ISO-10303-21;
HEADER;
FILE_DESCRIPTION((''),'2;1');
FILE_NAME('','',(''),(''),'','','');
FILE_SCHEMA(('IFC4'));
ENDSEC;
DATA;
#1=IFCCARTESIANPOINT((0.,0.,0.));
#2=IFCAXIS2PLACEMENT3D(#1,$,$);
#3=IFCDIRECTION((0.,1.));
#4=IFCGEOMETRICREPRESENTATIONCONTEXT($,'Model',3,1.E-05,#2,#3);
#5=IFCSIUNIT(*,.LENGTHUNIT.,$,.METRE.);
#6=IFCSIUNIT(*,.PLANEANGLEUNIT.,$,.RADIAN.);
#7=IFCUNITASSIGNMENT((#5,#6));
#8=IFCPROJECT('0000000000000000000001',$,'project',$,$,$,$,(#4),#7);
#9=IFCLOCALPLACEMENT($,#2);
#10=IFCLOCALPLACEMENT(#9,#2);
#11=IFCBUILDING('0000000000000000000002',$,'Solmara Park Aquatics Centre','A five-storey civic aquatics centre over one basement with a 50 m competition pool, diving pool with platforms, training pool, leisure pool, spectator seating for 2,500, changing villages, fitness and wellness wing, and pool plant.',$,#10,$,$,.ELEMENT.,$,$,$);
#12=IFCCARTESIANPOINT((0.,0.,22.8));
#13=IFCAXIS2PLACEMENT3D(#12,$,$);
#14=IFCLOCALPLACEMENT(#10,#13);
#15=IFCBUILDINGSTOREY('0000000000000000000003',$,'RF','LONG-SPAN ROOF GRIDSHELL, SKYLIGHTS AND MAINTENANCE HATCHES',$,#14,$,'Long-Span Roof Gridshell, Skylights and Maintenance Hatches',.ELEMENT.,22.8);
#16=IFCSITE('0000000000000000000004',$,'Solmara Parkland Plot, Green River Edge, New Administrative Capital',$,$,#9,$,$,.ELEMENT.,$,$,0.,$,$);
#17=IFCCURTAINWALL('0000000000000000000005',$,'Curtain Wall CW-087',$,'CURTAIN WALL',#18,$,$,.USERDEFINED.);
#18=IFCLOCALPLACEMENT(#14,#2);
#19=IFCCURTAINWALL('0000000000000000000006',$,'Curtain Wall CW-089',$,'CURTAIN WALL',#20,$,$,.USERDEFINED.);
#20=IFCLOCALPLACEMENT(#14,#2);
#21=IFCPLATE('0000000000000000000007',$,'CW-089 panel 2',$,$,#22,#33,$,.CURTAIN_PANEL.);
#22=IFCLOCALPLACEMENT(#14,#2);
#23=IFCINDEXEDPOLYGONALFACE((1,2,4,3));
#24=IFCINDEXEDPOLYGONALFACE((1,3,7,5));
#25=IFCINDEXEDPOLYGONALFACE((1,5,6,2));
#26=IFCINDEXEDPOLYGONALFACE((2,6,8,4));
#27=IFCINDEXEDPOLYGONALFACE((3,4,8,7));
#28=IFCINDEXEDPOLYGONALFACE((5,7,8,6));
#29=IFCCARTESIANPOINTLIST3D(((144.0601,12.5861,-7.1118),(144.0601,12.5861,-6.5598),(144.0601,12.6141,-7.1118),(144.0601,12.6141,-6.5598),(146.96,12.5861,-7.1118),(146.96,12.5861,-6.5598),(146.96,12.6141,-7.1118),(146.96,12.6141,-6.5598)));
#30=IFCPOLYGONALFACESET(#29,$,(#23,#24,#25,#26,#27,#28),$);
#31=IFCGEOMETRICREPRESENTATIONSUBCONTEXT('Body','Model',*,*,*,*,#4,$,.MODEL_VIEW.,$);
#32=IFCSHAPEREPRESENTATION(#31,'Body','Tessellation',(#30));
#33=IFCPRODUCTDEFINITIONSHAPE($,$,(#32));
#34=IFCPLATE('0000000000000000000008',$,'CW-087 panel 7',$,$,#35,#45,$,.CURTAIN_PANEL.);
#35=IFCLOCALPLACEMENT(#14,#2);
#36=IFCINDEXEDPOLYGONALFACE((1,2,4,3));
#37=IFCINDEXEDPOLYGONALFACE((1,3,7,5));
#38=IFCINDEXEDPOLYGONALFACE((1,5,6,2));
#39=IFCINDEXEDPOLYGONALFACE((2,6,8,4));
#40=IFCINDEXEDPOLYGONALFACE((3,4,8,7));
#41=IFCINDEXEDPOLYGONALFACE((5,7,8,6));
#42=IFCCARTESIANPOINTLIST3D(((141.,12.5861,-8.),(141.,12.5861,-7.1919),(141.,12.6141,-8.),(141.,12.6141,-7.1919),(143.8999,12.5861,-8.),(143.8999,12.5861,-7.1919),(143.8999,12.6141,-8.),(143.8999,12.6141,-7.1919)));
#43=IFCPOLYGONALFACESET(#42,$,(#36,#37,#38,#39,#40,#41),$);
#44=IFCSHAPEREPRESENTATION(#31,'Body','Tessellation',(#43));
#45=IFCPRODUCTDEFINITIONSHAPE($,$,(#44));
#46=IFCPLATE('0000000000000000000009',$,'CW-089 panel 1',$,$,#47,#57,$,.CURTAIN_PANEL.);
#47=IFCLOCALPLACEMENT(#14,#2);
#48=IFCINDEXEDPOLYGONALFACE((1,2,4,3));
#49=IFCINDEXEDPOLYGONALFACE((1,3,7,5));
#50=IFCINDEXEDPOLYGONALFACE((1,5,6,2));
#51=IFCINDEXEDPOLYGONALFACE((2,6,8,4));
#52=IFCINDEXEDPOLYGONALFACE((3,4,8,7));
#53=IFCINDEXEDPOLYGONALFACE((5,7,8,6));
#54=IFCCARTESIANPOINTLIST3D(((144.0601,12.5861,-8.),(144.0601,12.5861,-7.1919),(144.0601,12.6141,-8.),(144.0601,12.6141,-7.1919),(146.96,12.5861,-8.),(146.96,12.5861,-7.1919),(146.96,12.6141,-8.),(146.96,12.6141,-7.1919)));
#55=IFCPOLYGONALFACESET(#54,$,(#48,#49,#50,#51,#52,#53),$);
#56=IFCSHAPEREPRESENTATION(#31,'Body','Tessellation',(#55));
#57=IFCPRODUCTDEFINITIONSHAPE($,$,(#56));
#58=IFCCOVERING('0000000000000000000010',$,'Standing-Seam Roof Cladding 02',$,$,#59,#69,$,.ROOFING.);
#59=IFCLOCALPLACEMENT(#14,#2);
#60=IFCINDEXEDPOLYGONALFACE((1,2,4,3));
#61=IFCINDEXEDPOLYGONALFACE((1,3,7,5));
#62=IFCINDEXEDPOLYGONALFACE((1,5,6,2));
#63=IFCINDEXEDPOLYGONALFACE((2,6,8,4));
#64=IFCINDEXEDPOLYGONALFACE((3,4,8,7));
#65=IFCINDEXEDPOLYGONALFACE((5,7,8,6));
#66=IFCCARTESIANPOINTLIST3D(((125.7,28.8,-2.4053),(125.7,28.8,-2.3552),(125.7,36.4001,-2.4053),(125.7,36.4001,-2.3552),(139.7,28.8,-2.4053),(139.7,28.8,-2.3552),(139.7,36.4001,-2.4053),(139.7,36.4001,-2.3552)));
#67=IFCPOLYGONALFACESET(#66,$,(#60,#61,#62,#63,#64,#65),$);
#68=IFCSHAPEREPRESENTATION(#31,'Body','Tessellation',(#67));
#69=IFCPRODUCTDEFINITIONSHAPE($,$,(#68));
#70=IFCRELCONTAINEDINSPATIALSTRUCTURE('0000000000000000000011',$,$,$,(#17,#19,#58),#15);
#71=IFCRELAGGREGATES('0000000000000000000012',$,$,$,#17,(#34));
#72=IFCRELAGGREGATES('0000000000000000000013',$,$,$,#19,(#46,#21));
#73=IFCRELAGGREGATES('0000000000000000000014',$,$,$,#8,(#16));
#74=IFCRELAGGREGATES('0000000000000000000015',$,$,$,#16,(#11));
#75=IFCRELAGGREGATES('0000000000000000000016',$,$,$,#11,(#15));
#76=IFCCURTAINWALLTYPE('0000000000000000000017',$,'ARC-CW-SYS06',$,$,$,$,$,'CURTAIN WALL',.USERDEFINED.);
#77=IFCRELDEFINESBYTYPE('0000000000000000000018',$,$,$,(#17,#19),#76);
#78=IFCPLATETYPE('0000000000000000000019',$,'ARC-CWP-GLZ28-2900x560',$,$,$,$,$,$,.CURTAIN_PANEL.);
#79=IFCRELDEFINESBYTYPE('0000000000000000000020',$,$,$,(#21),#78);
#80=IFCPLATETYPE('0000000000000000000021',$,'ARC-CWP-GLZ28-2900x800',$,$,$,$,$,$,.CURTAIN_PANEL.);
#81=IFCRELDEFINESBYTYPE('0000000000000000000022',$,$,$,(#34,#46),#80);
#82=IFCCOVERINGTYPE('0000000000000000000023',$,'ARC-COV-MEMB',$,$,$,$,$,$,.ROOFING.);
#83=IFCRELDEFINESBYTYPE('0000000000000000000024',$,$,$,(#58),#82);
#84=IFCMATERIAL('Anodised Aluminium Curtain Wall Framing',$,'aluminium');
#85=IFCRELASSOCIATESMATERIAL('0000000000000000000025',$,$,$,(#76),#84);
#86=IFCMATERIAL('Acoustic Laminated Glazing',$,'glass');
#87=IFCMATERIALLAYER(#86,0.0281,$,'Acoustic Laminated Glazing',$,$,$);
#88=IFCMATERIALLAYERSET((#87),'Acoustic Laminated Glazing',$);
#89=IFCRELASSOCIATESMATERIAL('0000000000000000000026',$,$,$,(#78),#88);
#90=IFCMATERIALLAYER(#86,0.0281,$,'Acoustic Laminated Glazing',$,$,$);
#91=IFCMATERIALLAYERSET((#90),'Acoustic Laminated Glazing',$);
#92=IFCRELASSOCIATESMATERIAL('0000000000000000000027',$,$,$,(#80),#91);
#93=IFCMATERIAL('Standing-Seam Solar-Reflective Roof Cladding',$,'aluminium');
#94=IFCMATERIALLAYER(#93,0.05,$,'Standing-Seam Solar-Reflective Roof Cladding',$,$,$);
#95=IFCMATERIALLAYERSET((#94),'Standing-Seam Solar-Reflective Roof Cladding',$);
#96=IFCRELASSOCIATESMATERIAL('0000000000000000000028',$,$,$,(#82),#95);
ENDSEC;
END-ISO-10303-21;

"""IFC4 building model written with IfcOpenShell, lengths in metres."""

from ifc_helpers import new_model, si_unit, direction, frame, origin, origin_2d, place, context, subcontext, project, spatial, rectangle, extrude, material, layer, layer_set, type_object, element, aggregate, save


model = new_model("IFC4")

# Units and contexts
model_context = context("Model", 3, precision=1e-05, world=origin(), true_north=direction((0.0, 1.0)))
body_context = subcontext(model_context, "Body", "Model", "MODEL_VIEW")
ifc_project = project(units=[si_unit("LENGTHUNIT", "METRE"), si_unit("PLANEANGLEUNIT", "RADIAN")], contexts=[model_context])

# Site, building, storey
site_placement = place(None, origin())
site = spatial("IfcSite", under=ifc_project, at=site_placement, Name="Solmara Parkland Plot, Green River Edge, New Administrative Capital", CompositionType="ELEMENT", RefElevation=0.0)
building_placement = place(site_placement, origin())
building = spatial("IfcBuilding", under=site, at=building_placement, Name="Solmara Park Aquatics Centre", Description="A five-storey civic aquatics centre over one basement with a 50 m competition pool, diving pool with platforms, training pool, leisure pool, spectator seating for 2,500, changing villages, fitness and wellness wing, and pool plant.", CompositionType="ELEMENT")
storey_placement = place(building_placement, frame((0.0, 0.0, 22.8)))
storey = spatial("IfcBuildingStorey", under=building, at=storey_placement, Name="RF", Description="LONG-SPAN ROOF GRIDSHELL, SKYLIGHTS AND MAINTENANCE HATCHES", LongName="Long-Span Roof Gridshell, Skylights and Maintenance Hatches", CompositionType="ELEMENT", Elevation=22.8)

# Curtain wall
ifc_material_1 = material(Name="Anodised Aluminium Curtain Wall Framing", Category="aluminium")
curtain_wall_type = type_object("IfcCurtainWallType", Name="ARC-CW-SYS06", ElementType="CURTAIN WALL", PredefinedType="USERDEFINED", material=ifc_material_1)
curtain_wall_1_placement = place(storey_placement, origin())
curtain_wall_1 = element("IfcCurtainWall", 1, at=curtain_wall_1_placement, inside=storey, type_object=curtain_wall_type, Name="Curtain Wall CW-087", ObjectType="CURTAIN WALL", PredefinedType="USERDEFINED")

# Curtain wall
curtain_wall_2_placement = place(storey_placement, origin())
curtain_wall_2 = element("IfcCurtainWall", 2, at=curtain_wall_2_placement, inside=storey, type_object=curtain_wall_type, Name="Curtain Wall CW-089", ObjectType="CURTAIN WALL", PredefinedType="USERDEFINED")

# Plates
ifc_material_2 = material(Name="Acoustic Laminated Glazing", Category="glass")
ifc_layer_1 = layer(ifc_material_2, 0.0281, Name="Acoustic Laminated Glazing")
ifc_layer_set_1 = layer_set([ifc_layer_1], Name="Acoustic Laminated Glazing")
plate_type_1 = type_object("IfcPlateType", Name="ARC-CWP-GLZ28-2900x560", PredefinedType="CURTAIN_PANEL", material=ifc_layer_set_1)
plate_1_placement = place(storey_placement, frame((145.51, 12.6001, -7.1118), z_axis=(0.0, 0.0, 1.0), x_axis=(1.0, 0.0, 0.0)))
plate_1 = element("IfcPlate", 3, at=plate_1_placement, type_object=plate_type_1, Name="CW-089 panel 2", PredefinedType="CURTAIN_PANEL", context=body_context, shape_type="SweptSolid", body=[
    extrude(rectangle(XDim=2.8999, YDim=0.0281, at=origin_2d()), origin(), (0.0, 0.0, 1.0), 0.552),
])
ifc_layer_2 = layer(ifc_material_2, 0.0281, Name="Acoustic Laminated Glazing")
ifc_layer_set_2 = layer_set([ifc_layer_2], Name="Acoustic Laminated Glazing")
plate_type_2 = type_object("IfcPlateType", Name="ARC-CWP-GLZ28-2900x800", PredefinedType="CURTAIN_PANEL", material=ifc_layer_set_2)
plate_2_placement = place(storey_placement, frame((142.45, 12.6001, -8.0), z_axis=(0.0, 0.0, 1.0), x_axis=(1.0, 0.0, 0.0)))
plate_2 = element("IfcPlate", 4, at=plate_2_placement, type_object=plate_type_2, Name="CW-087 panel 7", PredefinedType="CURTAIN_PANEL", context=body_context, shape_type="SweptSolid", body=[
    extrude(rectangle(XDim=2.8999, YDim=0.0281, at=origin_2d()), origin(), (0.0, 0.0, 1.0), 0.8081),
])
aggregate(curtain_wall_1, [plate_2])
plate_3_placement = place(storey_placement, frame((145.51, 12.6001, -8.0), z_axis=(0.0, 0.0, 1.0), x_axis=(1.0, 0.0, 0.0)))
plate_3 = element("IfcPlate", 5, at=plate_3_placement, type_object=plate_type_2, Name="CW-089 panel 1", PredefinedType="CURTAIN_PANEL", context=body_context, shape_type="SweptSolid", body=[
    extrude(rectangle(XDim=2.8999, YDim=0.0281, at=origin_2d()), origin(), (0.0, 0.0, 1.0), 0.8081),
])
aggregate(curtain_wall_2, [plate_3, plate_1])

# Covering
ifc_material_3 = material(Name="Standing-Seam Solar-Reflective Roof Cladding", Category="aluminium")
ifc_layer_3 = layer(ifc_material_3, 0.05, Name="Standing-Seam Solar-Reflective Roof Cladding")
ifc_layer_set_3 = layer_set([ifc_layer_3], Name="Standing-Seam Solar-Reflective Roof Cladding")
covering_type = type_object("IfcCoveringType", Name="ARC-COV-MEMB", PredefinedType="ROOFING", material=ifc_layer_set_3)
covering_placement = place(storey_placement, frame((132.7, 32.6001, -2.4053), z_axis=(0.0, 0.0, 1.0), x_axis=(1.0, 0.0, 0.0)))
element("IfcCovering", 6, at=covering_placement, inside=storey, type_object=covering_type, Name="Standing-Seam Roof Cladding 02", PredefinedType="ROOFING", context=body_context, shape_type="SweptSolid", body=[
    extrude(rectangle(XDim=14.0, YDim=7.6001, at=origin_2d()), origin(), (0.0, 0.0, 1.0), 0.05),
])

save(model, "model.ifc")
